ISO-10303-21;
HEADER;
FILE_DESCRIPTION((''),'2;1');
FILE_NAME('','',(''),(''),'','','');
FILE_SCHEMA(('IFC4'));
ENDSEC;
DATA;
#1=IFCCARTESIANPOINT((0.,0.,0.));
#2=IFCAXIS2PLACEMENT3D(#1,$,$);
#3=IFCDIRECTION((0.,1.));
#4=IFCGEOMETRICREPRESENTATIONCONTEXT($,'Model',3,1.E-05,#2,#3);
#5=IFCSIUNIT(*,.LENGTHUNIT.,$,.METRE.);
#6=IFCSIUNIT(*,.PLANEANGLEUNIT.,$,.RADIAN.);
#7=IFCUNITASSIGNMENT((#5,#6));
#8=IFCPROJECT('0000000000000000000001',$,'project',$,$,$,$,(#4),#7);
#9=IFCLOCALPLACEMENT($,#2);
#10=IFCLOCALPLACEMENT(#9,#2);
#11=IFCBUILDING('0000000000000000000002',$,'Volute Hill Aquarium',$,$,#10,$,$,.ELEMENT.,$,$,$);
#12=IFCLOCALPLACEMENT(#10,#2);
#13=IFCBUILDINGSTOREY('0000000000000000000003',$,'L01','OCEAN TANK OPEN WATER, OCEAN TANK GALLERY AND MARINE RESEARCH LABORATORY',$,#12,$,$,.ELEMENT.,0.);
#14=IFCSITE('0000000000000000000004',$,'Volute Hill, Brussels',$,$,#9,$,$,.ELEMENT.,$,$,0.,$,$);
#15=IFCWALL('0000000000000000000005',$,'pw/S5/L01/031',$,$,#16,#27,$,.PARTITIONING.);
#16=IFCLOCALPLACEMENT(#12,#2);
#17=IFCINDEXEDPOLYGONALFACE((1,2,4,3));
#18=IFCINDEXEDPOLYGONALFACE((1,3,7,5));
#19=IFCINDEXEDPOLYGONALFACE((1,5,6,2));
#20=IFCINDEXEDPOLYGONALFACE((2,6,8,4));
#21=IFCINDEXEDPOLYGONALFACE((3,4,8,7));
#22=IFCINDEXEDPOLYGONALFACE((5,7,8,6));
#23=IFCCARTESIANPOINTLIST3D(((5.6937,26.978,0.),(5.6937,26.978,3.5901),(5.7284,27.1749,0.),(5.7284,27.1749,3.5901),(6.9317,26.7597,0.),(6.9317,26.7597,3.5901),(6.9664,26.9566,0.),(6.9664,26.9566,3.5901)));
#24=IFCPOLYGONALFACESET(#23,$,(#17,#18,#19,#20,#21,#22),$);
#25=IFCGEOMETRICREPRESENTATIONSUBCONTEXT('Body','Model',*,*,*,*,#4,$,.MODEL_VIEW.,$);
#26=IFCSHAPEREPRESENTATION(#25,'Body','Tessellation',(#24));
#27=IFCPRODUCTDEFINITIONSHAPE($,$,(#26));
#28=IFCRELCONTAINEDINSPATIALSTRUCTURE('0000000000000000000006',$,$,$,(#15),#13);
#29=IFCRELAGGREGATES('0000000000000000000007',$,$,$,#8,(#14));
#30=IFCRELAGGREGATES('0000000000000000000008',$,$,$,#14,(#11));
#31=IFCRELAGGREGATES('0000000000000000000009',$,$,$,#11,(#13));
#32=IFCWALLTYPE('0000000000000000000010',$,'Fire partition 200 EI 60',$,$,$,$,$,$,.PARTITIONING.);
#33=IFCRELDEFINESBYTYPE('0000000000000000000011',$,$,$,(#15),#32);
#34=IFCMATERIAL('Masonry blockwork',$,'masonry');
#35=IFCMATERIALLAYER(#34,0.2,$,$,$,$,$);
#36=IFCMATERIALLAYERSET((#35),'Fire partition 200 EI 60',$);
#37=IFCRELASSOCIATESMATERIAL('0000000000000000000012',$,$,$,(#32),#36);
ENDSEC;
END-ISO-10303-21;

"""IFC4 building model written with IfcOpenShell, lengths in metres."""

from ifc_helpers import new_model, si_unit, direction, frame, frame_2d, origin, place, context, subcontext, project, spatial, rectangle, extrude, material, layer, layer_set, type_object, element, save


model = new_model("IFC4")

# Units and contexts
model_context = context("Model", 3, precision=1e-05, world=origin(), true_north=direction((0.0, 1.0)))
body_context = subcontext(model_context, "Body", "Model", "MODEL_VIEW")
ifc_project = project(units=[si_unit("LENGTHUNIT", "METRE"), si_unit("PLANEANGLEUNIT", "RADIAN")], contexts=[model_context])

# Site, building, storey
site_placement = place(None, origin())
site = spatial("IfcSite", under=ifc_project, at=site_placement, Name="Volute Hill, Brussels", CompositionType="ELEMENT", RefElevation=0.0)
building_placement = place(site_placement, origin())
building = spatial("IfcBuilding", under=site, at=building_placement, Name="Volute Hill Aquarium", CompositionType="ELEMENT")
storey_placement = place(building_placement, origin())
storey = spatial("IfcBuildingStorey", under=building, at=storey_placement, Name="L01", Description="OCEAN TANK OPEN WATER, OCEAN TANK GALLERY AND MARINE RESEARCH LABORATORY", CompositionType="ELEMENT", Elevation=0.0)

# Shared definitions
ifc_material_1 = material(Name="Masonry blockwork", Category="masonry")
ifc_layer_1 = layer(ifc_material_1, 0.2)
ifc_layer_set_1 = layer_set([ifc_layer_1], Name="Fire partition 200 EI 60")
wall_type_1 = type_object("IfcWallType", Name="Fire partition 200 EI 60", PredefinedType="PARTITIONING", material=ifc_layer_set_1)

# Wall
wall_1_placement = place(storey_placement, frame((5.7112, 27.0764, 0.0), z_axis=(0.0, 0.0, 1.0), x_axis=(0.984813, -0.173619, 0.0)))
element("IfcWall", 1, at=wall_1_placement, inside=storey, type_object=wall_type_1, Name="pw/S5/L01/031", PredefinedType="PARTITIONING", context=body_context, shape_type="SweptSolid", body=[
    extrude(rectangle(XDim=1.2571, YDim=0.2, at=frame_2d((0.6284, 0.0))), origin(), (0.0, 0.0, 1.0), 3.5901),
])

save(model, "model.ifc")
